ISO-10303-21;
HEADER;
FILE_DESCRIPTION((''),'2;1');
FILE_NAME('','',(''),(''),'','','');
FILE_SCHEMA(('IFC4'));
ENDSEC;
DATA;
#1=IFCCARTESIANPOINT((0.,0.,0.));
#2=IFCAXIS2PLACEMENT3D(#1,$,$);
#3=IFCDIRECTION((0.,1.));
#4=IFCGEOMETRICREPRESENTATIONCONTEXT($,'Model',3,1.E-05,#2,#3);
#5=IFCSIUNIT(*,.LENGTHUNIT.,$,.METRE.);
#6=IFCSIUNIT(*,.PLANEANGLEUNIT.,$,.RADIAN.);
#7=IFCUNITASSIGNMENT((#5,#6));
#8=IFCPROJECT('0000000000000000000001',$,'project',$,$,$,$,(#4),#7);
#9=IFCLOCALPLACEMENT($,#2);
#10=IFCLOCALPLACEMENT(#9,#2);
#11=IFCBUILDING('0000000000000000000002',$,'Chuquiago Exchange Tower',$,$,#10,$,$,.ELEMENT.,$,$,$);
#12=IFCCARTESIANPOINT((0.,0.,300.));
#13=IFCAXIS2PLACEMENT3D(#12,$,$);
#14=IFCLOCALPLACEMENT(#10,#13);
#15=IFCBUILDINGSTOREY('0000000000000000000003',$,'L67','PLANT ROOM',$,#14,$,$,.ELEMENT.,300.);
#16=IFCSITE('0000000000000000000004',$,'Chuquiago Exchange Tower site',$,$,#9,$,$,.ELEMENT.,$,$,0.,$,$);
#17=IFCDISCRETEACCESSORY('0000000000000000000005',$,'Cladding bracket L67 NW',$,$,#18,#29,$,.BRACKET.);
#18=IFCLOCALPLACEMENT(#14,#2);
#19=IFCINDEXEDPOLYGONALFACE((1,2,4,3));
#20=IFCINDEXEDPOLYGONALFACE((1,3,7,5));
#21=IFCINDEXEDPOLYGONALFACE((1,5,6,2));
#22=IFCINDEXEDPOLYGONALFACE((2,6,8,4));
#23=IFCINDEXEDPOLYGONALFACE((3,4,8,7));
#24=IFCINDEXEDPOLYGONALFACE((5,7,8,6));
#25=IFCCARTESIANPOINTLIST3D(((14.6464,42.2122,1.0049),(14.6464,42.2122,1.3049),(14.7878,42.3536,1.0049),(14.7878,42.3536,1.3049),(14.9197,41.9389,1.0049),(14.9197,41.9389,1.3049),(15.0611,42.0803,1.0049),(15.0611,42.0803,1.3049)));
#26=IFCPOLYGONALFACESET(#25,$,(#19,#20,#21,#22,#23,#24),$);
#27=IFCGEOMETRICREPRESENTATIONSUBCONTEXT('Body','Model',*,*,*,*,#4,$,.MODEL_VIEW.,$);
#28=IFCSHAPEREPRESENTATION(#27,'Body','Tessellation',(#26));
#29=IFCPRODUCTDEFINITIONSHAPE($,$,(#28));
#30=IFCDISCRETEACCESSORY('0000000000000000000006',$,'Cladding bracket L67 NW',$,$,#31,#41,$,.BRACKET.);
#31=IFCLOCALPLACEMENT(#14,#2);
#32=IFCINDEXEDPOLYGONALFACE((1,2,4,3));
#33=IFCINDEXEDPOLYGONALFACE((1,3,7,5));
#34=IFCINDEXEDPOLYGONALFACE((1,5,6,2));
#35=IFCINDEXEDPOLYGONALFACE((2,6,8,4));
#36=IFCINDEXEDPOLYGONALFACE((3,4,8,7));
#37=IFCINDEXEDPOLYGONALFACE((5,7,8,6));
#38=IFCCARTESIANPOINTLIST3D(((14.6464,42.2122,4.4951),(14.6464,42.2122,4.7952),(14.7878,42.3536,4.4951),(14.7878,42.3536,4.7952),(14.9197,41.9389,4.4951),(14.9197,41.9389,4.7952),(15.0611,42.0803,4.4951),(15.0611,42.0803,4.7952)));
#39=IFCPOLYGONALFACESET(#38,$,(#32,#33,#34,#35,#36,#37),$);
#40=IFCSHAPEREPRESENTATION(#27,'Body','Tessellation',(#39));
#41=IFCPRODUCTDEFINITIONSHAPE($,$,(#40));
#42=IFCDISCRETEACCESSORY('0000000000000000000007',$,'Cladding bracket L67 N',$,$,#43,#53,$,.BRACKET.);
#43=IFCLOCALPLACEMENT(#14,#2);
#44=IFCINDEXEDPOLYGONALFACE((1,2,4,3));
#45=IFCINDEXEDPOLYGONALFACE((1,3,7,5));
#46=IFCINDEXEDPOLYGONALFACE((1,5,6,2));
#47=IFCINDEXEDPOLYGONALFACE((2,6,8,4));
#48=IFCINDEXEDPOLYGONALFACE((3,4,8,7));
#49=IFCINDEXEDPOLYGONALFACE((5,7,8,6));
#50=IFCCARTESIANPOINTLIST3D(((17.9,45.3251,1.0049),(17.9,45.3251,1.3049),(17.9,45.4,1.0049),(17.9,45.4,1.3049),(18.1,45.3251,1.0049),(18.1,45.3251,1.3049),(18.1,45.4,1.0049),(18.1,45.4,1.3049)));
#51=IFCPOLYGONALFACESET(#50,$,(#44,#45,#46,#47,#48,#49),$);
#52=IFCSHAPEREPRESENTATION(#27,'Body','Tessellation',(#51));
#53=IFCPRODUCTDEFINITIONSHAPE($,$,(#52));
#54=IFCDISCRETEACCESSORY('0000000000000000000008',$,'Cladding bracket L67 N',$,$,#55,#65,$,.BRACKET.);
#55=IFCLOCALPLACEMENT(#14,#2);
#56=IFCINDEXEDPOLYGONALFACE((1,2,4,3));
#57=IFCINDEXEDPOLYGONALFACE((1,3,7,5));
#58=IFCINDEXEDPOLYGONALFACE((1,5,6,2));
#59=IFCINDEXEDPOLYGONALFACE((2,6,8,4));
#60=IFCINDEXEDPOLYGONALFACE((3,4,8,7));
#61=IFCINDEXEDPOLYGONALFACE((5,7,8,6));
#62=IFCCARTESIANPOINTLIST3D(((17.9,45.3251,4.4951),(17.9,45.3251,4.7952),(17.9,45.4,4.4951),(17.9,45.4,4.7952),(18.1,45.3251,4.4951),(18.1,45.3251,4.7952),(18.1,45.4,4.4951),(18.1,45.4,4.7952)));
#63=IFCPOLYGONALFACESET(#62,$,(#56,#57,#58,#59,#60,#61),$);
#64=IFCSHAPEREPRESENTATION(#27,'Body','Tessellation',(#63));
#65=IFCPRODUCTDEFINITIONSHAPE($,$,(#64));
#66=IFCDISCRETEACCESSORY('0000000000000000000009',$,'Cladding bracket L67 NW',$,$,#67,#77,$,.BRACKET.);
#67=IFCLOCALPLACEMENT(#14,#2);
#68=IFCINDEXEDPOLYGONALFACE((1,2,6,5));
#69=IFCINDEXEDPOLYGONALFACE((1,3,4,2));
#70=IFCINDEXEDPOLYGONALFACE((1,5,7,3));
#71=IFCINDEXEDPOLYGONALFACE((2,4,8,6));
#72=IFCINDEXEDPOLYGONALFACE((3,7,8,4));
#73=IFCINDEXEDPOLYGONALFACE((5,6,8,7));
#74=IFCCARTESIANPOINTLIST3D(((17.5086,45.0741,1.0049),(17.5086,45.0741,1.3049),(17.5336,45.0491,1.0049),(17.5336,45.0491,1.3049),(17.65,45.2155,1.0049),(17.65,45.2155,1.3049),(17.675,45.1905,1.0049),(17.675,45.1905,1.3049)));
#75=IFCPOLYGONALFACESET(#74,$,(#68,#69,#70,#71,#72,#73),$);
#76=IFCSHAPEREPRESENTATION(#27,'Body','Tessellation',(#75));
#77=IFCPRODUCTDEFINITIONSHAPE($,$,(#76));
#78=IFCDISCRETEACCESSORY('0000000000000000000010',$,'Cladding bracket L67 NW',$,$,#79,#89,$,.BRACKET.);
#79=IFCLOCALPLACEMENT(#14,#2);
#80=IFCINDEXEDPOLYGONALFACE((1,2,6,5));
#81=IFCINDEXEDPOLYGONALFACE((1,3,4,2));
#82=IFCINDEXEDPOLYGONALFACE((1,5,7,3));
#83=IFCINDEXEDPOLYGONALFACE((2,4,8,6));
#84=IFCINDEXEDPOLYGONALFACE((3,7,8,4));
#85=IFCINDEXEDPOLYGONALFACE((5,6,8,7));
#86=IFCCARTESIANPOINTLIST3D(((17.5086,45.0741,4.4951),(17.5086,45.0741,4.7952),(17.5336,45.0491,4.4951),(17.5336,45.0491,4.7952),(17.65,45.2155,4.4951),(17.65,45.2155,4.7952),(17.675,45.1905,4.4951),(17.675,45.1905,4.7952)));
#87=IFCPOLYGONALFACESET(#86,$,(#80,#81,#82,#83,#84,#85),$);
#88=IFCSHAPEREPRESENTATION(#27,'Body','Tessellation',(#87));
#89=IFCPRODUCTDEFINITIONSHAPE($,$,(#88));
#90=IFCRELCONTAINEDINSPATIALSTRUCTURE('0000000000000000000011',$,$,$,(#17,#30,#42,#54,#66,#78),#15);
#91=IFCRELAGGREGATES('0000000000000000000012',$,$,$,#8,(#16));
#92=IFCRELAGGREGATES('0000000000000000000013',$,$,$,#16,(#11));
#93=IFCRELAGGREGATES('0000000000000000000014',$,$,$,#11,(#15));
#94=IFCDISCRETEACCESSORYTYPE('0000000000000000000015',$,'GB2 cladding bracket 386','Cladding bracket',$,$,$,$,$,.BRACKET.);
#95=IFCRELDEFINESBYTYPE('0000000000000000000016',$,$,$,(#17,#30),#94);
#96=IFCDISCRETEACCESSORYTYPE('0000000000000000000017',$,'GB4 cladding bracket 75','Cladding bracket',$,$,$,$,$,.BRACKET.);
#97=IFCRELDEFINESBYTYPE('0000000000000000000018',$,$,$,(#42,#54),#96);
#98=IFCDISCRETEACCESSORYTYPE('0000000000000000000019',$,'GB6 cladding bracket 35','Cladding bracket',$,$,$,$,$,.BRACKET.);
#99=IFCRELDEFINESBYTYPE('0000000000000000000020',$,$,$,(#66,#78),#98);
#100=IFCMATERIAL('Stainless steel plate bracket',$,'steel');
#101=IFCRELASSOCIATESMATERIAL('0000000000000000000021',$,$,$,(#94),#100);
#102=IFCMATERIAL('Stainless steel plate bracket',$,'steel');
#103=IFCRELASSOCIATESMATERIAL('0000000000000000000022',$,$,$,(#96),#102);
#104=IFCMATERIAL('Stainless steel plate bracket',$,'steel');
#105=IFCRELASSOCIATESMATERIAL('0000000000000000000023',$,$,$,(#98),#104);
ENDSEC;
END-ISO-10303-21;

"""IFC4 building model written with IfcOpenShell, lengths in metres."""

from ifc_helpers import new_model, si_unit, direction, frame, origin, origin_2d, place, context, subcontext, project, spatial, rectangle, extrude, material, type_object, element, save


model = new_model("IFC4")

# Units and contexts
model_context = context("Model", 3, precision=1e-05, world=origin(), true_north=direction((0.0, 1.0)))
body_context = subcontext(model_context, "Body", "Model", "MODEL_VIEW")
ifc_project = project(units=[si_unit("LENGTHUNIT", "METRE"), si_unit("PLANEANGLEUNIT", "RADIAN")], contexts=[model_context])

# Site, building, storey
site_placement = place(None, origin())
site = spatial("IfcSite", under=ifc_project, at=site_placement, Name="Chuquiago Exchange Tower site", CompositionType="ELEMENT", RefElevation=0.0)
building_placement = place(site_placement, origin())
building = spatial("IfcBuilding", under=site, at=building_placement, Name="Chuquiago Exchange Tower", CompositionType="ELEMENT")
storey_placement = place(building_placement, frame((0.0, 0.0, 300.0)))
storey = spatial("IfcBuildingStorey", under=building, at=storey_placement, Name="L67", Description="PLANT ROOM", CompositionType="ELEMENT", Elevation=300.0)

# Discrete accessories
ifc_material_1 = material(Name="Stainless steel plate bracket", Category="steel")
discrete_accessory_type_1 = type_object("IfcDiscreteAccessoryType", Name="GB2 cladding bracket 386", Description="Cladding bracket", PredefinedType="BRACKET", material=ifc_material_1)
for number, where, z_axis, x_axis, name in (
    (1, (14.8538, 42.1462, 1.0049), (0.0, 0.0, 1.0), (-0.707107, -0.707107, 0.0), "Cladding bracket L67 NW"),
    (2, (14.8538, 42.1462, 4.4951), (0.0, 0.0, 1.0), (-0.707107, -0.707107, 0.0), "Cladding bracket L67 NW"),
):
    element("IfcDiscreteAccessory", number, at=place(storey_placement, frame(where, z_axis=z_axis, x_axis=x_axis)), inside=storey, type_object=discrete_accessory_type_1, Name=name, PredefinedType="BRACKET", context=body_context, shape_type="SweptSolid", body=[
        extrude(rectangle(XDim=0.2, YDim=0.3865, at=origin_2d()), origin(), (0.0, 0.0, 1.0), 0.3),
    ])
ifc_material_2 = material(Name="Stainless steel plate bracket", Category="steel")
discrete_accessory_type_2 = type_object("IfcDiscreteAccessoryType", Name="GB4 cladding bracket 75", Description="Cladding bracket", PredefinedType="BRACKET", material=ifc_material_2)
for number, where, z_axis, x_axis, name in (
    (3, (18.0, 45.3625, 1.0049), (0.0, 0.0, 1.0), (-1.0, 0.0, 0.0), "Cladding bracket L67 N"),
    (4, (18.0, 45.3625, 4.4951), (0.0, 0.0, 1.0), (-1.0, 0.0, 0.0), "Cladding bracket L67 N"),
):
    element("IfcDiscreteAccessory", number, at=place(storey_placement, frame(where, z_axis=z_axis, x_axis=x_axis)), inside=storey, type_object=discrete_accessory_type_2, Name=name, PredefinedType="BRACKET", context=body_context, shape_type="SweptSolid", body=[
        extrude(rectangle(XDim=0.2, YDim=0.075, at=origin_2d()), origin(), (0.0, 0.0, 1.0), 0.3),
    ])
ifc_material_3 = material(Name="Stainless steel plate bracket", Category="steel")
discrete_accessory_type_3 = type_object("IfcDiscreteAccessoryType", Name="GB6 cladding bracket 35", Description="Cladding bracket", PredefinedType="BRACKET", material=ifc_material_3)
for number, where, z_axis, x_axis, name in (
    (5, (17.5918, 45.1323, 1.0049), (0.0, 0.0, 1.0), (-0.707107, -0.707107, 0.0), "Cladding bracket L67 NW"),
    (6, (17.5918, 45.1323, 4.4951), (0.0, 0.0, 1.0), (-0.707107, -0.707107, 0.0), "Cladding bracket L67 NW"),
):
    element("IfcDiscreteAccessory", number, at=place(storey_placement, frame(where, z_axis=z_axis, x_axis=x_axis)), inside=storey, type_object=discrete_accessory_type_3, Name=name, PredefinedType="BRACKET", context=body_context, shape_type="SweptSolid", body=[
        extrude(rectangle(XDim=0.2, YDim=0.0354, at=origin_2d()), origin(), (0.0, 0.0, 1.0), 0.3),
    ])

save(model, "model.ifc")
